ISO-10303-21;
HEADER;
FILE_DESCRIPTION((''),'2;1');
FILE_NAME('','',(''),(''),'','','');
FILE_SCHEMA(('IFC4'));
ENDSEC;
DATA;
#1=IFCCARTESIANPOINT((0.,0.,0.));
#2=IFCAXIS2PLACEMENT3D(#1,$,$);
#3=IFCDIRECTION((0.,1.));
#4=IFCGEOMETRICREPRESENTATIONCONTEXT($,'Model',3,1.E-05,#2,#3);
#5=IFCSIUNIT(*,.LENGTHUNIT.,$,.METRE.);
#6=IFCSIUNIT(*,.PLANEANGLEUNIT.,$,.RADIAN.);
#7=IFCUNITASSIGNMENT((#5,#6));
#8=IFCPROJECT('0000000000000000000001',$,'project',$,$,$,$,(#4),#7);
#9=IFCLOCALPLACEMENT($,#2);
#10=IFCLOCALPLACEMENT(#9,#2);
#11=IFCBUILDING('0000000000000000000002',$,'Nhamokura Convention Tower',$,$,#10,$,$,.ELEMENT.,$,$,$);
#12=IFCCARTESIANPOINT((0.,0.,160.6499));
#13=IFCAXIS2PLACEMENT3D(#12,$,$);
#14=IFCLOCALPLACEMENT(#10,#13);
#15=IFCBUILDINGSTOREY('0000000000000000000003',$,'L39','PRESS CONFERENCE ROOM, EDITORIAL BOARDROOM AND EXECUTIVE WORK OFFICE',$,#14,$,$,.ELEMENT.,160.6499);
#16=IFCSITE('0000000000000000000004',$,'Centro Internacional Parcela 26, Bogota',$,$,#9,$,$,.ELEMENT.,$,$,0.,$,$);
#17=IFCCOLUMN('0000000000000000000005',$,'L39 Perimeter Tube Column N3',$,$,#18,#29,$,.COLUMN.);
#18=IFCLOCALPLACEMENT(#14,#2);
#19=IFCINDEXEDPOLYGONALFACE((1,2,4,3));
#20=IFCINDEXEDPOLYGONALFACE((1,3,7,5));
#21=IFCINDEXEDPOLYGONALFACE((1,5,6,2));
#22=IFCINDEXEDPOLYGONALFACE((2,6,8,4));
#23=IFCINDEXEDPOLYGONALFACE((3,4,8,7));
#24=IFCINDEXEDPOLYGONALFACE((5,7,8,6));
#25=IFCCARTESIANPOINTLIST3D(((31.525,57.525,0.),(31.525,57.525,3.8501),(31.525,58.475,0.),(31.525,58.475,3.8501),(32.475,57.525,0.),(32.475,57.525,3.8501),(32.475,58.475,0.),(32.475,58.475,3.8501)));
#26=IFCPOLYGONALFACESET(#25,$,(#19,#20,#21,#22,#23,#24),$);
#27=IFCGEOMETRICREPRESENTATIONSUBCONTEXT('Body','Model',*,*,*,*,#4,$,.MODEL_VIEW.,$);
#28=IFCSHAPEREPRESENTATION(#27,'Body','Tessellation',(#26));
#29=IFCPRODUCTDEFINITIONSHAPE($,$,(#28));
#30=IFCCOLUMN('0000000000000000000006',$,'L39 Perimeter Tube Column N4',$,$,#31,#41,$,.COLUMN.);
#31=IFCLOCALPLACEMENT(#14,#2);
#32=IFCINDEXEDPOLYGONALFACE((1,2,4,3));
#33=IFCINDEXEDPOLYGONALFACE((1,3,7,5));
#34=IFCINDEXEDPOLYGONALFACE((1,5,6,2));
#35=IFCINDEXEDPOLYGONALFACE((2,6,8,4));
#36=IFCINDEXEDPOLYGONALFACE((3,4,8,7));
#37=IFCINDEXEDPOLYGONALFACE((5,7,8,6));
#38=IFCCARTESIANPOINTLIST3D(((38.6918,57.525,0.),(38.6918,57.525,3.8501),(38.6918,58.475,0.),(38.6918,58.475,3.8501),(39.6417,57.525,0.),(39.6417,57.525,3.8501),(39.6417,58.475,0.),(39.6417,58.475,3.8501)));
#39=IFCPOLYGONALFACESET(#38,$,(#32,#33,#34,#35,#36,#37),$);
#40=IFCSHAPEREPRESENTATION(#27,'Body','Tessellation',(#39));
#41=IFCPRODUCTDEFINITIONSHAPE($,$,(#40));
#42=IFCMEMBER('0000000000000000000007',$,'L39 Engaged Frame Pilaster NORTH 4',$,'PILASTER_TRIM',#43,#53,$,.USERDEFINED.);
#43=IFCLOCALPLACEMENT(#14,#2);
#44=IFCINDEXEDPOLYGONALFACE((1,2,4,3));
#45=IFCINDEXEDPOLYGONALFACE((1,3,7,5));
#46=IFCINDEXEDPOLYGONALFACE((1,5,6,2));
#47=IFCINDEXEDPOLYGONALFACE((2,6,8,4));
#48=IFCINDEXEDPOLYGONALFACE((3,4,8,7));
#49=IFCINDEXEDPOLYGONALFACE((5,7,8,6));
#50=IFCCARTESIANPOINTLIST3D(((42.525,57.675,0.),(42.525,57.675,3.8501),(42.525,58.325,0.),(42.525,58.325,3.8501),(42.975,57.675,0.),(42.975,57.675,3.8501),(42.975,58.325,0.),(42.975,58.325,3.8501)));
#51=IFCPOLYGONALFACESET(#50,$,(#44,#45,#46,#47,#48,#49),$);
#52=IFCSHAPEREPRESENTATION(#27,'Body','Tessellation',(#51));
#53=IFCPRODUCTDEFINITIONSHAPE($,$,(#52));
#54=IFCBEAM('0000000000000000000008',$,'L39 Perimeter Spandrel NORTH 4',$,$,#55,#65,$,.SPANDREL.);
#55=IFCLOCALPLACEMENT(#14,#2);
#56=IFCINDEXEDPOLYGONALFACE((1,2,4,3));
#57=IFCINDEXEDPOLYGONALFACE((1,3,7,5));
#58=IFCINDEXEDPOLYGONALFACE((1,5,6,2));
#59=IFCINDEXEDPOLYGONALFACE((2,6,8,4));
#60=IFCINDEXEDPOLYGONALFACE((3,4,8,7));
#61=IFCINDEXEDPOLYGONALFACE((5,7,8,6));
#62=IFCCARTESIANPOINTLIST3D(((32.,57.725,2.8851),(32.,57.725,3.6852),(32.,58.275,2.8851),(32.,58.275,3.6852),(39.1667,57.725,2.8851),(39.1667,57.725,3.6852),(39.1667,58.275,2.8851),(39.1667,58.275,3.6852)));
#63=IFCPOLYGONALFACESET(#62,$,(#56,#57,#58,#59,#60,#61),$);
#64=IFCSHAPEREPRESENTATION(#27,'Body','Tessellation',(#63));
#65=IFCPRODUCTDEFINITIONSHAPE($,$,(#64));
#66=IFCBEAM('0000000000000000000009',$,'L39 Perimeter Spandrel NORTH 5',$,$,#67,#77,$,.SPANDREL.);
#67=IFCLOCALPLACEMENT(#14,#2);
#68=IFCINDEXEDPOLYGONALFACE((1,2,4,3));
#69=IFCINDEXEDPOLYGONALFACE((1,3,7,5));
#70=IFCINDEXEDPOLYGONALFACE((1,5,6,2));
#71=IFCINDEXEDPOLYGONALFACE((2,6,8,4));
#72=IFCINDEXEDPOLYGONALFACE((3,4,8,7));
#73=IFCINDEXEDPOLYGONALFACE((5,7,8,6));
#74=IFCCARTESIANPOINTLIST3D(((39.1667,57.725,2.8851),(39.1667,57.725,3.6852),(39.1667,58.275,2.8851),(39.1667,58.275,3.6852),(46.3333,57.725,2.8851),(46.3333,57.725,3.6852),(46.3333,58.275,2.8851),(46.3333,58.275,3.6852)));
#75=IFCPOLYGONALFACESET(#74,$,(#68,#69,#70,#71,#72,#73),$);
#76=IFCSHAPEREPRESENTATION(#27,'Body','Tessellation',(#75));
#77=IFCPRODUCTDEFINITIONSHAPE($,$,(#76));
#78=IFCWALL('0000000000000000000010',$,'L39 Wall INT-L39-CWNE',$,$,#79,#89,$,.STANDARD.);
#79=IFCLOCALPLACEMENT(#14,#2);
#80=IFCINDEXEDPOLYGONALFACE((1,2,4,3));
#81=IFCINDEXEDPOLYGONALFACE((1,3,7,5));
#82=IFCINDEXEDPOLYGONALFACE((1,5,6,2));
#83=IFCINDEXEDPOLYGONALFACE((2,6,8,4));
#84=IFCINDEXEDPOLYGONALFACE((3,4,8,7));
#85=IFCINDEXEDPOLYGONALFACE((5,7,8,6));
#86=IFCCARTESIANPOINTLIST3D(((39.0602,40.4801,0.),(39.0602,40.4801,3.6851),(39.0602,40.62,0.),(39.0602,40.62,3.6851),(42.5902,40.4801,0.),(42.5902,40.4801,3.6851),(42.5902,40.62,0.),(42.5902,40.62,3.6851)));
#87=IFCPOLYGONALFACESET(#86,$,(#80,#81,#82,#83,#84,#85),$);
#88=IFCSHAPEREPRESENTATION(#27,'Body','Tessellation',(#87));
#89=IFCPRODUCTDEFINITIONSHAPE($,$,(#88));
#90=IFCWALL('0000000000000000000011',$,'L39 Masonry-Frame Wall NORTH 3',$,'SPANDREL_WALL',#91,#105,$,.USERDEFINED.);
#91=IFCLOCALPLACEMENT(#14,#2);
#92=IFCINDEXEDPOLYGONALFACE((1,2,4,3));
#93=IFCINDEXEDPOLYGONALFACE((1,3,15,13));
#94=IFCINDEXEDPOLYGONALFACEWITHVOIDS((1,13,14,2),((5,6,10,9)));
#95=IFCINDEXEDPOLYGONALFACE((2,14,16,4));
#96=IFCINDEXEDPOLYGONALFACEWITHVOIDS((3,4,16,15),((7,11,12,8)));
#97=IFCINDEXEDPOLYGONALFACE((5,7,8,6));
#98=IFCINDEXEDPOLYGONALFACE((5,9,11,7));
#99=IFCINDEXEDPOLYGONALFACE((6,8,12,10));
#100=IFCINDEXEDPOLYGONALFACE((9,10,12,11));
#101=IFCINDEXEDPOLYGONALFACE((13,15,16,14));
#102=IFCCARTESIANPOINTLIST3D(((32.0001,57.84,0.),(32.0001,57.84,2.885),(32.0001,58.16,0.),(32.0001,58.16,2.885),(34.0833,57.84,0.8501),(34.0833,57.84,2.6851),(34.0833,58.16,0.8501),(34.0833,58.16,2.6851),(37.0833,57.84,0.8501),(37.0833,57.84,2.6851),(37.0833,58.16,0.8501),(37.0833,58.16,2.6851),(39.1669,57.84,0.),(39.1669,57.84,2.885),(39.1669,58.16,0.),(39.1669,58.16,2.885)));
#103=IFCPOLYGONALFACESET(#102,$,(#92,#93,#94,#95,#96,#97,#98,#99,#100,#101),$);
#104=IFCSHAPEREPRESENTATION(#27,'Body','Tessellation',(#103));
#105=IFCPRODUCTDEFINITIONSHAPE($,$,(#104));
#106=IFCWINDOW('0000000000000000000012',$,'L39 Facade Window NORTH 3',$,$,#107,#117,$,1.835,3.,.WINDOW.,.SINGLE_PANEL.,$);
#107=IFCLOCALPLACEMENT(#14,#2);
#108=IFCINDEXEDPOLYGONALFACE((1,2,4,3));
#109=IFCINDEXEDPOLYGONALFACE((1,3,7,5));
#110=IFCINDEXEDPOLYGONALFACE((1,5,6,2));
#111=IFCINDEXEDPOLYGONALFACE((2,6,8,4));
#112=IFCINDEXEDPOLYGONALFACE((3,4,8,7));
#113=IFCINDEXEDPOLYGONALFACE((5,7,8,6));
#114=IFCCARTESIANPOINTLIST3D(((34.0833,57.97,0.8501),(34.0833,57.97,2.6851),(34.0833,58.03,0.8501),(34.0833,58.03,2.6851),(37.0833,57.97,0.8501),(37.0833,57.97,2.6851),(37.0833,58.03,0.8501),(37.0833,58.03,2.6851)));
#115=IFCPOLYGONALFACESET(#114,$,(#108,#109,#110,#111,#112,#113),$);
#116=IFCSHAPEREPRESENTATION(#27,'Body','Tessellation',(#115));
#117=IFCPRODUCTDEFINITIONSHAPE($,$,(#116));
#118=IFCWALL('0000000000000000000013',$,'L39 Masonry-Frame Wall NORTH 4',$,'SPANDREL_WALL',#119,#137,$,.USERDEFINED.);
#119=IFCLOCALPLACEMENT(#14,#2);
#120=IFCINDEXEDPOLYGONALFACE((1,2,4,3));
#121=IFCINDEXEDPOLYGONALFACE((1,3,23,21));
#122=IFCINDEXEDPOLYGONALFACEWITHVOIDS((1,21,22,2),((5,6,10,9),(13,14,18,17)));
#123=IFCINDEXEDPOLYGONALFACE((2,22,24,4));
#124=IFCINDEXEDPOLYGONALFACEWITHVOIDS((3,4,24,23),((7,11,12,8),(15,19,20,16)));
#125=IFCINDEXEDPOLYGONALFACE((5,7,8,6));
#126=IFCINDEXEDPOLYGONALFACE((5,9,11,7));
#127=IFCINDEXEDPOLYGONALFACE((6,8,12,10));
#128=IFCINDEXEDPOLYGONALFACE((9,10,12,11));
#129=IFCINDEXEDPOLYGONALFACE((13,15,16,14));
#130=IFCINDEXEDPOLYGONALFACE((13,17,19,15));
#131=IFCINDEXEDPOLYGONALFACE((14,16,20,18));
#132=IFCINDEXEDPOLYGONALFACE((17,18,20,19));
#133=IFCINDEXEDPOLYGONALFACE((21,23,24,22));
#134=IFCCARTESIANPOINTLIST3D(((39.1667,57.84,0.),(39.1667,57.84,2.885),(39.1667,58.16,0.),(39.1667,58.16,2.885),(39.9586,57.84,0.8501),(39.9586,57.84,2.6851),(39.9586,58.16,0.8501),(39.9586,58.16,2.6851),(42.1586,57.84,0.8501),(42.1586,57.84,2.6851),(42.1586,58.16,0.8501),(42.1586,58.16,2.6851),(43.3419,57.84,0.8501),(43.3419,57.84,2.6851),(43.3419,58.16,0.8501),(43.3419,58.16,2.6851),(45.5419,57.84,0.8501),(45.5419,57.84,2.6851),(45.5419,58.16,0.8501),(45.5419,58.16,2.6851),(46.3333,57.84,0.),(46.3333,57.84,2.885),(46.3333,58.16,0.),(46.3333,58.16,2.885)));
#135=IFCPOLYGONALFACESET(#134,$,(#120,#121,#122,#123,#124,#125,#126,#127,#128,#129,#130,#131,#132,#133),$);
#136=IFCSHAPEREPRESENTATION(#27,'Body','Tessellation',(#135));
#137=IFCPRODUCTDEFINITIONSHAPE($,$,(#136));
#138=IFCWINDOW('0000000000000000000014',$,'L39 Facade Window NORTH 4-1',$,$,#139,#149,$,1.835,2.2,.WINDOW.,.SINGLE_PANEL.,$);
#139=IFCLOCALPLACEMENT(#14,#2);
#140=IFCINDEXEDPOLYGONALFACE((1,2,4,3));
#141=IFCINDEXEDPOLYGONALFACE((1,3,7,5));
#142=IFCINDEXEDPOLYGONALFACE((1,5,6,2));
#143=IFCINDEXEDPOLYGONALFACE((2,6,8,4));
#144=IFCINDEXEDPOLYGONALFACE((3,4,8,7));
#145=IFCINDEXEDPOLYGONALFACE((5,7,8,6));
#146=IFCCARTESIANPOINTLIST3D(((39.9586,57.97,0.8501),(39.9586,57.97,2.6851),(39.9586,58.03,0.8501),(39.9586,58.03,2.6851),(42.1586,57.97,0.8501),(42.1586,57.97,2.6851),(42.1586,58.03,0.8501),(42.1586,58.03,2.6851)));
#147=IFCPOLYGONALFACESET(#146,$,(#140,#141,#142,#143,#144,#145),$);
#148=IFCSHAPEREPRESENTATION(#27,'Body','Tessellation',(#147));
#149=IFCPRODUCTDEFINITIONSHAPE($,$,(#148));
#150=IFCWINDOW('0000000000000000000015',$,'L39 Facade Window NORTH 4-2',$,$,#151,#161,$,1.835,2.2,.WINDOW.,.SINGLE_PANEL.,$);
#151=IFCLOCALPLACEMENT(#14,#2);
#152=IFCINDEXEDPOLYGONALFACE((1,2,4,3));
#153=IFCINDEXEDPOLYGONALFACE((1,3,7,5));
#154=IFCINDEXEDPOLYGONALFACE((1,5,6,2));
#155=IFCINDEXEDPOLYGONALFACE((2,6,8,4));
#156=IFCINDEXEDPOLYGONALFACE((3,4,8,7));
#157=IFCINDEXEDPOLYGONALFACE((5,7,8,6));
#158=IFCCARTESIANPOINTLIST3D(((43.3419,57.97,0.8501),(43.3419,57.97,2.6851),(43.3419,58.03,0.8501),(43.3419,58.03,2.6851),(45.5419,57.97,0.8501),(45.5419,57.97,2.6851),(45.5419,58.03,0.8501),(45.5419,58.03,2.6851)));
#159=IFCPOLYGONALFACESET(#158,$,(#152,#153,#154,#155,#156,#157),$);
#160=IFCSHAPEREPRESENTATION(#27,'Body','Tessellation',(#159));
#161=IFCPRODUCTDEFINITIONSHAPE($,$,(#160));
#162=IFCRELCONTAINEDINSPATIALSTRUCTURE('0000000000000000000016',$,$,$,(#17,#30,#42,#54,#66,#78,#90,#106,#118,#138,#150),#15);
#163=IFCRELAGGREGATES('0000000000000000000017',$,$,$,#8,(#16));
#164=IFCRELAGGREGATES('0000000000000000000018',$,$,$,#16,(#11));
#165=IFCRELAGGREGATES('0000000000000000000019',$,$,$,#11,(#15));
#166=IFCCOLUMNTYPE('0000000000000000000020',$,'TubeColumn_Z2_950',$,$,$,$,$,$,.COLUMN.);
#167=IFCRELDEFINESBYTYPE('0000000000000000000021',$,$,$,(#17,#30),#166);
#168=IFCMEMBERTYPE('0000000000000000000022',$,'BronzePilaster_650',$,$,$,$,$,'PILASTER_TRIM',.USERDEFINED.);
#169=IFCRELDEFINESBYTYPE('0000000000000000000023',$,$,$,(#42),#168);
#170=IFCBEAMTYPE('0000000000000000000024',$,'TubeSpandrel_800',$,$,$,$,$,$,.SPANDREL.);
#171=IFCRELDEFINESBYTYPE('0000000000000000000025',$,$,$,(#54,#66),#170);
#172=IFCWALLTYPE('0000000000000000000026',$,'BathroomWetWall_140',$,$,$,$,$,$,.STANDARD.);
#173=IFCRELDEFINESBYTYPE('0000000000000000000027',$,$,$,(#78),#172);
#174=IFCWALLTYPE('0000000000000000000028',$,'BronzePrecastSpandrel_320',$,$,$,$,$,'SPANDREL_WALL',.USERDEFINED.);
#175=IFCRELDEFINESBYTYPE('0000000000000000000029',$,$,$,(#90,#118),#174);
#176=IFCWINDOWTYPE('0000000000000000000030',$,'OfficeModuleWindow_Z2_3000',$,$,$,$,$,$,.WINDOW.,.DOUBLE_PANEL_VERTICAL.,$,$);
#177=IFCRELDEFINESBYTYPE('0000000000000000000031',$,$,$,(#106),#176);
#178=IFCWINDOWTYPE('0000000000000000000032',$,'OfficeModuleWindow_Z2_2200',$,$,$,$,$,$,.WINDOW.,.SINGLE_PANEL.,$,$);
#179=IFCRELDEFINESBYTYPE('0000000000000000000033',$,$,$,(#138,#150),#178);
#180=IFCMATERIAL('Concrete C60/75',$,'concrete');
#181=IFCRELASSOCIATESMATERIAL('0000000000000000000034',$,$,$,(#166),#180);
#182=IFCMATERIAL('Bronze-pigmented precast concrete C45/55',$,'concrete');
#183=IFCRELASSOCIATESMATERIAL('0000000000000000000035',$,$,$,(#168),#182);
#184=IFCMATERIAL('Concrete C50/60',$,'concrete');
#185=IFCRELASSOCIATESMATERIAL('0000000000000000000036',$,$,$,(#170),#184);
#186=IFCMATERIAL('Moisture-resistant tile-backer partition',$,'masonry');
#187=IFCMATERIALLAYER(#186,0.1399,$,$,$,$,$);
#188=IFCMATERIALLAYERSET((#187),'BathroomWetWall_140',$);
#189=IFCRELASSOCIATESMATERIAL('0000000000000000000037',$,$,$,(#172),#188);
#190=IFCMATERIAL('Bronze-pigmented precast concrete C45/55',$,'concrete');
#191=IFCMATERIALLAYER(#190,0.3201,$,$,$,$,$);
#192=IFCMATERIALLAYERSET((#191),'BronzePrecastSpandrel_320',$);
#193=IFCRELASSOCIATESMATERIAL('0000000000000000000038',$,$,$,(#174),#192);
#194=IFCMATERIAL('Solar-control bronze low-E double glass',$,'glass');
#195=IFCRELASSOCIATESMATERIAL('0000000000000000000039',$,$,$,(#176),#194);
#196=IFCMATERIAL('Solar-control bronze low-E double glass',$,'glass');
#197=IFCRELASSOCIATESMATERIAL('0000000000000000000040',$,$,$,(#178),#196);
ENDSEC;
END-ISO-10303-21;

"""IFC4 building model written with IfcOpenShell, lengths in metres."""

from ifc_helpers import new_model, si_unit, direction, frame, frame_2d, origin, origin_2d, place, context, subcontext, project, spatial, rectangle, extrude, material, layer, layer_set, material_profile, profile_set, type_object, element, fill, save


model = new_model("IFC4")

# Units and contexts
model_context = context("Model", 3, precision=1e-05, world=origin(), true_north=direction((0.0, 1.0)))
body_context = subcontext(model_context, "Body", "Model", "MODEL_VIEW")
ifc_project = project(units=[si_unit("LENGTHUNIT", "METRE"), si_unit("PLANEANGLEUNIT", "RADIAN")], contexts=[model_context])

# Site, building, storey
site_placement = place(None, origin())
site = spatial("IfcSite", under=ifc_project, at=site_placement, Name="Centro Internacional Parcela 26, Bogota", CompositionType="ELEMENT", RefElevation=0.0)
building_placement = place(site_placement, origin())
building = spatial("IfcBuilding", under=site, at=building_placement, Name="Nhamokura Convention Tower", CompositionType="ELEMENT")
storey_placement = place(building_placement, frame((0.0, 0.0, 160.6499)))
storey = spatial("IfcBuildingStorey", under=building, at=storey_placement, Name="L39", Description="PRESS CONFERENCE ROOM, EDITORIAL BOARDROOM AND EXECUTIVE WORK OFFICE", CompositionType="ELEMENT", Elevation=160.6499)

# Columns
ifc_material_1 = material(Name="Concrete C60/75", Category="concrete")
ifc_material_profile_1 = material_profile(ifc_material_1, rectangle(XDim=0.95, YDim=0.95, at=origin_2d()))
ifc_profile_set_1 = profile_set([ifc_material_profile_1], Name="Concrete C60/75")
column_type = type_object("IfcColumnType", Name="TubeColumn_Z2_950", PredefinedType="COLUMN", material=ifc_profile_set_1)
for number, where, z_axis, x_axis, name in (
    (1, (32.0, 58.0, 0.0), (0.0, 0.0, 1.0), (1.0, 0.0, 0.0), "L39 Perimeter Tube Column N3"),
    (2, (39.1667, 58.0, 0.0), (0.0, 0.0, 1.0), (1.0, 0.0, 0.0), "L39 Perimeter Tube Column N4"),
):
    element("IfcColumn", number, at=place(storey_placement, frame(where, z_axis=z_axis, x_axis=x_axis)), inside=storey, type_object=column_type, Name=name, PredefinedType="COLUMN", context=body_context, shape_type="SweptSolid", body=[
        extrude(rectangle(XDim=0.95, YDim=0.95, at=origin_2d()), origin(), (0.0, 0.0, 1.0), 3.8501),
    ])

# Member
ifc_material_2 = material(Name="Bronze-pigmented precast concrete C45/55", Category="concrete")
ifc_material_profile_2 = material_profile(ifc_material_2, rectangle(XDim=0.45, YDim=0.6499, at=origin_2d()))
ifc_profile_set_2 = profile_set([ifc_material_profile_2], Name="Bronze-pigmented precast concrete C45/55")
member_type = type_object("IfcMemberType", Name="BronzePilaster_650", ElementType="PILASTER_TRIM", PredefinedType="USERDEFINED", material=ifc_profile_set_2)
member_placement = place(storey_placement, frame((42.75, 58.0, 0.0), z_axis=(0.0, 0.0, 1.0), x_axis=(1.0, 0.0, 0.0)))
element("IfcMember", 3, at=member_placement, inside=storey, type_object=member_type, Name="L39 Engaged Frame Pilaster NORTH 4", ObjectType="PILASTER_TRIM", PredefinedType="USERDEFINED", context=body_context, shape_type="SweptSolid", body=[
    extrude(rectangle(XDim=0.45, YDim=0.6499, at=origin_2d()), origin(), (0.0, 0.0, 1.0), 3.8501),
])

# Beams
ifc_material_3 = material(Name="Concrete C50/60", Category="concrete")
ifc_material_profile_3 = material_profile(ifc_material_3, rectangle(XDim=0.55, YDim=0.8, at=origin_2d()))
ifc_profile_set_3 = profile_set([ifc_material_profile_3], Name="Concrete C50/60")
beam_type = type_object("IfcBeamType", Name="TubeSpandrel_800", PredefinedType="SPANDREL", material=ifc_profile_set_3)
beam_1_placement = place(storey_placement, frame((32.0, 58.0, 3.2852), z_axis=(1.0, 0.0, 0.0), x_axis=(0.0, 1.0, 0.0)))
element("IfcBeam", 4, at=beam_1_placement, inside=storey, type_object=beam_type, Name="L39 Perimeter Spandrel NORTH 4", PredefinedType="SPANDREL", context=body_context, shape_type="SweptSolid", body=[
    extrude(rectangle(XDim=0.55, YDim=0.8, at=origin_2d()), origin(), (0.0, 0.0, 1.0), 7.1667),
])
beam_2_placement = place(storey_placement, frame((39.1667, 58.0, 3.2852), z_axis=(1.0, 0.0, 0.0), x_axis=(0.0, 1.0, 0.0)))
element("IfcBeam", 5, at=beam_2_placement, inside=storey, type_object=beam_type, Name="L39 Perimeter Spandrel NORTH 5", PredefinedType="SPANDREL", context=body_context, shape_type="SweptSolid", body=[
    extrude(rectangle(XDim=0.55, YDim=0.8, at=origin_2d()), origin(), (0.0, 0.0, 1.0), 7.1665),
])

# Wall
ifc_material_4 = material(Name="Moisture-resistant tile-backer partition", Category="masonry")
ifc_layer_1 = layer(ifc_material_4, 0.1399)
ifc_layer_set_1 = layer_set([ifc_layer_1], Name="BathroomWetWall_140")
wall_type_1 = type_object("IfcWallType", Name="BathroomWetWall_140", PredefinedType="STANDARD", material=ifc_layer_set_1)
wall_1_placement = place(storey_placement, frame((39.0601, 40.55, 0.0), z_axis=(0.0, 0.0, 1.0), x_axis=(1.0, 0.0, 0.0)))
element("IfcWall", 6, at=wall_1_placement, inside=storey, type_object=wall_type_1, Name="L39 Wall INT-L39-CWNE", PredefinedType="STANDARD", context=body_context, shape_type="SweptSolid", body=[
    extrude(rectangle(XDim=3.53, YDim=0.1399, at=frame_2d((1.7651, 0.0))), origin(), (0.0, 0.0, 1.0), 3.6851),
])

# Wall, opening, window
ifc_material_5 = material(Name="Bronze-pigmented precast concrete C45/55", Category="concrete")
ifc_layer_2 = layer(ifc_material_5, 0.3201)
ifc_layer_set_2 = layer_set([ifc_layer_2], Name="BronzePrecastSpandrel_320")
wall_type_2 = type_object("IfcWallType", Name="BronzePrecastSpandrel_320", ElementType="SPANDREL_WALL", PredefinedType="USERDEFINED", material=ifc_layer_set_2)
wall_2_placement = place(storey_placement, frame((32.0, 58.0, 0.0), z_axis=(0.0, 0.0, 1.0), x_axis=(1.0, 0.0, 0.0)))
wall_2 = element("IfcWall", 7, at=wall_2_placement, inside=storey, type_object=wall_type_2, Name="L39 Masonry-Frame Wall NORTH 3", ObjectType="SPANDREL_WALL", PredefinedType="USERDEFINED", context=body_context, shape_type="SweptSolid", body=[
    extrude(rectangle(XDim=7.1667, YDim=0.3201, at=frame_2d((3.5835, 0.0))), origin(), (0.0, 0.0, 1.0), 2.885),
])
opening_1_placement = place(wall_2_placement, frame((2.0833, 0.0, 0.8501)))
opening_1 = element("IfcOpeningElement", 8, at=opening_1_placement, cuts=wall_2, PredefinedType="OPENING", context=body_context, shape_type="SweptSolid", body=[
    extrude(rectangle(XDim=3.0, YDim=1.835, at=frame_2d((1.5, 0.9175))), frame((0.0, 0.1699, 0.0), z_axis=(0.0, -1.0, 0.0), x_axis=(1.0, 0.0, 0.0)), (0.0, 0.0, 1.0), 0.3401),
])
ifc_material_6 = material(Name="Solar-control bronze low-E double glass", Category="glass")
window_type_1 = type_object("IfcWindowType", Name="OfficeModuleWindow_Z2_3000", PartitioningType="DOUBLE_PANEL_VERTICAL", PredefinedType="WINDOW", material=ifc_material_6)
window_1_placement = place(opening_1_placement, origin())
window_1 = element("IfcWindow", 9, at=window_1_placement, inside=storey, type_object=window_type_1, Name="L39 Facade Window NORTH 3", OverallHeight=1.835, OverallWidth=3.0, PartitioningType="SINGLE_PANEL", PredefinedType="WINDOW", context=body_context, shape_type="SweptSolid", body=[
    extrude(rectangle(XDim=3.0, YDim=1.835, at=frame_2d((1.5, 0.9175))), frame((0.0, 0.03, 0.0), z_axis=(0.0, -1.0, 0.0), x_axis=(1.0, 0.0, 0.0)), (0.0, 0.0, 1.0), 0.0601),
])
fill(opening_1, window_1)

# Wall, openings, windows
wall_3_placement = place(storey_placement, frame((39.1667, 58.0, 0.0), z_axis=(0.0, 0.0, 1.0), x_axis=(1.0, 0.0, 0.0)))
wall_3 = element("IfcWall", 10, at=wall_3_placement, inside=storey, type_object=wall_type_2, Name="L39 Masonry-Frame Wall NORTH 4", ObjectType="SPANDREL_WALL", PredefinedType="USERDEFINED", context=body_context, shape_type="SweptSolid", body=[
    extrude(rectangle(XDim=7.1665, YDim=0.3201, at=frame_2d((3.5833, 0.0))), origin(), (0.0, 0.0, 1.0), 2.885),
])
opening_2_placement = place(wall_3_placement, frame((0.7917, 0.0, 0.8501)))
opening_2 = element("IfcOpeningElement", 11, at=opening_2_placement, cuts=wall_3, PredefinedType="OPENING", context=body_context, shape_type="SweptSolid", body=[
    extrude(rectangle(XDim=2.2, YDim=1.835, at=frame_2d((1.1001, 0.9175))), frame((0.0, 0.1699, 0.0), z_axis=(0.0, -1.0, 0.0), x_axis=(1.0, 0.0, 0.0)), (0.0, 0.0, 1.0), 0.3401),
])
opening_3_placement = place(wall_3_placement, frame((4.175, 0.0, 0.8501)))
opening_3 = element("IfcOpeningElement", 12, at=opening_3_placement, cuts=wall_3, PredefinedType="OPENING", context=body_context, shape_type="SweptSolid", body=[
    extrude(rectangle(XDim=2.2, YDim=1.835, at=frame_2d((1.1001, 0.9175))), frame((0.0, 0.1699, 0.0), z_axis=(0.0, -1.0, 0.0), x_axis=(1.0, 0.0, 0.0)), (0.0, 0.0, 1.0), 0.3401),
])
ifc_material_7 = material(Name="Solar-control bronze low-E double glass", Category="glass")
window_type_2 = type_object("IfcWindowType", Name="OfficeModuleWindow_Z2_2200", PartitioningType="SINGLE_PANEL", PredefinedType="WINDOW", material=ifc_material_7)
window_2_placement = place(opening_2_placement, origin())
window_2 = element("IfcWindow", 13, at=window_2_placement, inside=storey, type_object=window_type_2, Name="L39 Facade Window NORTH 4-1", OverallHeight=1.835, OverallWidth=2.2, PartitioningType="SINGLE_PANEL", PredefinedType="WINDOW", context=body_context, shape_type="SweptSolid", body=[
    extrude(rectangle(XDim=2.2, YDim=1.835, at=frame_2d((1.1001, 0.9175))), frame((0.0, 0.03, 0.0), z_axis=(0.0, -1.0, 0.0), x_axis=(1.0, 0.0, 0.0)), (0.0, 0.0, 1.0), 0.0601),
])
fill(opening_2, window_2)
window_3_placement = place(opening_3_placement, origin())
window_3 = element("IfcWindow", 14, at=window_3_placement, inside=storey, type_object=window_type_2, Name="L39 Facade Window NORTH 4-2", OverallHeight=1.835, OverallWidth=2.2, PartitioningType="SINGLE_PANEL", PredefinedType="WINDOW", context=body_context, shape_type="SweptSolid", body=[
    extrude(rectangle(XDim=2.2, YDim=1.835, at=frame_2d((1.1001, 0.9175))), frame((0.0, 0.03, 0.0), z_axis=(0.0, -1.0, 0.0), x_axis=(1.0, 0.0, 0.0)), (0.0, 0.0, 1.0), 0.0601),
])
fill(opening_3, window_3)

save(model, "model.ifc")
